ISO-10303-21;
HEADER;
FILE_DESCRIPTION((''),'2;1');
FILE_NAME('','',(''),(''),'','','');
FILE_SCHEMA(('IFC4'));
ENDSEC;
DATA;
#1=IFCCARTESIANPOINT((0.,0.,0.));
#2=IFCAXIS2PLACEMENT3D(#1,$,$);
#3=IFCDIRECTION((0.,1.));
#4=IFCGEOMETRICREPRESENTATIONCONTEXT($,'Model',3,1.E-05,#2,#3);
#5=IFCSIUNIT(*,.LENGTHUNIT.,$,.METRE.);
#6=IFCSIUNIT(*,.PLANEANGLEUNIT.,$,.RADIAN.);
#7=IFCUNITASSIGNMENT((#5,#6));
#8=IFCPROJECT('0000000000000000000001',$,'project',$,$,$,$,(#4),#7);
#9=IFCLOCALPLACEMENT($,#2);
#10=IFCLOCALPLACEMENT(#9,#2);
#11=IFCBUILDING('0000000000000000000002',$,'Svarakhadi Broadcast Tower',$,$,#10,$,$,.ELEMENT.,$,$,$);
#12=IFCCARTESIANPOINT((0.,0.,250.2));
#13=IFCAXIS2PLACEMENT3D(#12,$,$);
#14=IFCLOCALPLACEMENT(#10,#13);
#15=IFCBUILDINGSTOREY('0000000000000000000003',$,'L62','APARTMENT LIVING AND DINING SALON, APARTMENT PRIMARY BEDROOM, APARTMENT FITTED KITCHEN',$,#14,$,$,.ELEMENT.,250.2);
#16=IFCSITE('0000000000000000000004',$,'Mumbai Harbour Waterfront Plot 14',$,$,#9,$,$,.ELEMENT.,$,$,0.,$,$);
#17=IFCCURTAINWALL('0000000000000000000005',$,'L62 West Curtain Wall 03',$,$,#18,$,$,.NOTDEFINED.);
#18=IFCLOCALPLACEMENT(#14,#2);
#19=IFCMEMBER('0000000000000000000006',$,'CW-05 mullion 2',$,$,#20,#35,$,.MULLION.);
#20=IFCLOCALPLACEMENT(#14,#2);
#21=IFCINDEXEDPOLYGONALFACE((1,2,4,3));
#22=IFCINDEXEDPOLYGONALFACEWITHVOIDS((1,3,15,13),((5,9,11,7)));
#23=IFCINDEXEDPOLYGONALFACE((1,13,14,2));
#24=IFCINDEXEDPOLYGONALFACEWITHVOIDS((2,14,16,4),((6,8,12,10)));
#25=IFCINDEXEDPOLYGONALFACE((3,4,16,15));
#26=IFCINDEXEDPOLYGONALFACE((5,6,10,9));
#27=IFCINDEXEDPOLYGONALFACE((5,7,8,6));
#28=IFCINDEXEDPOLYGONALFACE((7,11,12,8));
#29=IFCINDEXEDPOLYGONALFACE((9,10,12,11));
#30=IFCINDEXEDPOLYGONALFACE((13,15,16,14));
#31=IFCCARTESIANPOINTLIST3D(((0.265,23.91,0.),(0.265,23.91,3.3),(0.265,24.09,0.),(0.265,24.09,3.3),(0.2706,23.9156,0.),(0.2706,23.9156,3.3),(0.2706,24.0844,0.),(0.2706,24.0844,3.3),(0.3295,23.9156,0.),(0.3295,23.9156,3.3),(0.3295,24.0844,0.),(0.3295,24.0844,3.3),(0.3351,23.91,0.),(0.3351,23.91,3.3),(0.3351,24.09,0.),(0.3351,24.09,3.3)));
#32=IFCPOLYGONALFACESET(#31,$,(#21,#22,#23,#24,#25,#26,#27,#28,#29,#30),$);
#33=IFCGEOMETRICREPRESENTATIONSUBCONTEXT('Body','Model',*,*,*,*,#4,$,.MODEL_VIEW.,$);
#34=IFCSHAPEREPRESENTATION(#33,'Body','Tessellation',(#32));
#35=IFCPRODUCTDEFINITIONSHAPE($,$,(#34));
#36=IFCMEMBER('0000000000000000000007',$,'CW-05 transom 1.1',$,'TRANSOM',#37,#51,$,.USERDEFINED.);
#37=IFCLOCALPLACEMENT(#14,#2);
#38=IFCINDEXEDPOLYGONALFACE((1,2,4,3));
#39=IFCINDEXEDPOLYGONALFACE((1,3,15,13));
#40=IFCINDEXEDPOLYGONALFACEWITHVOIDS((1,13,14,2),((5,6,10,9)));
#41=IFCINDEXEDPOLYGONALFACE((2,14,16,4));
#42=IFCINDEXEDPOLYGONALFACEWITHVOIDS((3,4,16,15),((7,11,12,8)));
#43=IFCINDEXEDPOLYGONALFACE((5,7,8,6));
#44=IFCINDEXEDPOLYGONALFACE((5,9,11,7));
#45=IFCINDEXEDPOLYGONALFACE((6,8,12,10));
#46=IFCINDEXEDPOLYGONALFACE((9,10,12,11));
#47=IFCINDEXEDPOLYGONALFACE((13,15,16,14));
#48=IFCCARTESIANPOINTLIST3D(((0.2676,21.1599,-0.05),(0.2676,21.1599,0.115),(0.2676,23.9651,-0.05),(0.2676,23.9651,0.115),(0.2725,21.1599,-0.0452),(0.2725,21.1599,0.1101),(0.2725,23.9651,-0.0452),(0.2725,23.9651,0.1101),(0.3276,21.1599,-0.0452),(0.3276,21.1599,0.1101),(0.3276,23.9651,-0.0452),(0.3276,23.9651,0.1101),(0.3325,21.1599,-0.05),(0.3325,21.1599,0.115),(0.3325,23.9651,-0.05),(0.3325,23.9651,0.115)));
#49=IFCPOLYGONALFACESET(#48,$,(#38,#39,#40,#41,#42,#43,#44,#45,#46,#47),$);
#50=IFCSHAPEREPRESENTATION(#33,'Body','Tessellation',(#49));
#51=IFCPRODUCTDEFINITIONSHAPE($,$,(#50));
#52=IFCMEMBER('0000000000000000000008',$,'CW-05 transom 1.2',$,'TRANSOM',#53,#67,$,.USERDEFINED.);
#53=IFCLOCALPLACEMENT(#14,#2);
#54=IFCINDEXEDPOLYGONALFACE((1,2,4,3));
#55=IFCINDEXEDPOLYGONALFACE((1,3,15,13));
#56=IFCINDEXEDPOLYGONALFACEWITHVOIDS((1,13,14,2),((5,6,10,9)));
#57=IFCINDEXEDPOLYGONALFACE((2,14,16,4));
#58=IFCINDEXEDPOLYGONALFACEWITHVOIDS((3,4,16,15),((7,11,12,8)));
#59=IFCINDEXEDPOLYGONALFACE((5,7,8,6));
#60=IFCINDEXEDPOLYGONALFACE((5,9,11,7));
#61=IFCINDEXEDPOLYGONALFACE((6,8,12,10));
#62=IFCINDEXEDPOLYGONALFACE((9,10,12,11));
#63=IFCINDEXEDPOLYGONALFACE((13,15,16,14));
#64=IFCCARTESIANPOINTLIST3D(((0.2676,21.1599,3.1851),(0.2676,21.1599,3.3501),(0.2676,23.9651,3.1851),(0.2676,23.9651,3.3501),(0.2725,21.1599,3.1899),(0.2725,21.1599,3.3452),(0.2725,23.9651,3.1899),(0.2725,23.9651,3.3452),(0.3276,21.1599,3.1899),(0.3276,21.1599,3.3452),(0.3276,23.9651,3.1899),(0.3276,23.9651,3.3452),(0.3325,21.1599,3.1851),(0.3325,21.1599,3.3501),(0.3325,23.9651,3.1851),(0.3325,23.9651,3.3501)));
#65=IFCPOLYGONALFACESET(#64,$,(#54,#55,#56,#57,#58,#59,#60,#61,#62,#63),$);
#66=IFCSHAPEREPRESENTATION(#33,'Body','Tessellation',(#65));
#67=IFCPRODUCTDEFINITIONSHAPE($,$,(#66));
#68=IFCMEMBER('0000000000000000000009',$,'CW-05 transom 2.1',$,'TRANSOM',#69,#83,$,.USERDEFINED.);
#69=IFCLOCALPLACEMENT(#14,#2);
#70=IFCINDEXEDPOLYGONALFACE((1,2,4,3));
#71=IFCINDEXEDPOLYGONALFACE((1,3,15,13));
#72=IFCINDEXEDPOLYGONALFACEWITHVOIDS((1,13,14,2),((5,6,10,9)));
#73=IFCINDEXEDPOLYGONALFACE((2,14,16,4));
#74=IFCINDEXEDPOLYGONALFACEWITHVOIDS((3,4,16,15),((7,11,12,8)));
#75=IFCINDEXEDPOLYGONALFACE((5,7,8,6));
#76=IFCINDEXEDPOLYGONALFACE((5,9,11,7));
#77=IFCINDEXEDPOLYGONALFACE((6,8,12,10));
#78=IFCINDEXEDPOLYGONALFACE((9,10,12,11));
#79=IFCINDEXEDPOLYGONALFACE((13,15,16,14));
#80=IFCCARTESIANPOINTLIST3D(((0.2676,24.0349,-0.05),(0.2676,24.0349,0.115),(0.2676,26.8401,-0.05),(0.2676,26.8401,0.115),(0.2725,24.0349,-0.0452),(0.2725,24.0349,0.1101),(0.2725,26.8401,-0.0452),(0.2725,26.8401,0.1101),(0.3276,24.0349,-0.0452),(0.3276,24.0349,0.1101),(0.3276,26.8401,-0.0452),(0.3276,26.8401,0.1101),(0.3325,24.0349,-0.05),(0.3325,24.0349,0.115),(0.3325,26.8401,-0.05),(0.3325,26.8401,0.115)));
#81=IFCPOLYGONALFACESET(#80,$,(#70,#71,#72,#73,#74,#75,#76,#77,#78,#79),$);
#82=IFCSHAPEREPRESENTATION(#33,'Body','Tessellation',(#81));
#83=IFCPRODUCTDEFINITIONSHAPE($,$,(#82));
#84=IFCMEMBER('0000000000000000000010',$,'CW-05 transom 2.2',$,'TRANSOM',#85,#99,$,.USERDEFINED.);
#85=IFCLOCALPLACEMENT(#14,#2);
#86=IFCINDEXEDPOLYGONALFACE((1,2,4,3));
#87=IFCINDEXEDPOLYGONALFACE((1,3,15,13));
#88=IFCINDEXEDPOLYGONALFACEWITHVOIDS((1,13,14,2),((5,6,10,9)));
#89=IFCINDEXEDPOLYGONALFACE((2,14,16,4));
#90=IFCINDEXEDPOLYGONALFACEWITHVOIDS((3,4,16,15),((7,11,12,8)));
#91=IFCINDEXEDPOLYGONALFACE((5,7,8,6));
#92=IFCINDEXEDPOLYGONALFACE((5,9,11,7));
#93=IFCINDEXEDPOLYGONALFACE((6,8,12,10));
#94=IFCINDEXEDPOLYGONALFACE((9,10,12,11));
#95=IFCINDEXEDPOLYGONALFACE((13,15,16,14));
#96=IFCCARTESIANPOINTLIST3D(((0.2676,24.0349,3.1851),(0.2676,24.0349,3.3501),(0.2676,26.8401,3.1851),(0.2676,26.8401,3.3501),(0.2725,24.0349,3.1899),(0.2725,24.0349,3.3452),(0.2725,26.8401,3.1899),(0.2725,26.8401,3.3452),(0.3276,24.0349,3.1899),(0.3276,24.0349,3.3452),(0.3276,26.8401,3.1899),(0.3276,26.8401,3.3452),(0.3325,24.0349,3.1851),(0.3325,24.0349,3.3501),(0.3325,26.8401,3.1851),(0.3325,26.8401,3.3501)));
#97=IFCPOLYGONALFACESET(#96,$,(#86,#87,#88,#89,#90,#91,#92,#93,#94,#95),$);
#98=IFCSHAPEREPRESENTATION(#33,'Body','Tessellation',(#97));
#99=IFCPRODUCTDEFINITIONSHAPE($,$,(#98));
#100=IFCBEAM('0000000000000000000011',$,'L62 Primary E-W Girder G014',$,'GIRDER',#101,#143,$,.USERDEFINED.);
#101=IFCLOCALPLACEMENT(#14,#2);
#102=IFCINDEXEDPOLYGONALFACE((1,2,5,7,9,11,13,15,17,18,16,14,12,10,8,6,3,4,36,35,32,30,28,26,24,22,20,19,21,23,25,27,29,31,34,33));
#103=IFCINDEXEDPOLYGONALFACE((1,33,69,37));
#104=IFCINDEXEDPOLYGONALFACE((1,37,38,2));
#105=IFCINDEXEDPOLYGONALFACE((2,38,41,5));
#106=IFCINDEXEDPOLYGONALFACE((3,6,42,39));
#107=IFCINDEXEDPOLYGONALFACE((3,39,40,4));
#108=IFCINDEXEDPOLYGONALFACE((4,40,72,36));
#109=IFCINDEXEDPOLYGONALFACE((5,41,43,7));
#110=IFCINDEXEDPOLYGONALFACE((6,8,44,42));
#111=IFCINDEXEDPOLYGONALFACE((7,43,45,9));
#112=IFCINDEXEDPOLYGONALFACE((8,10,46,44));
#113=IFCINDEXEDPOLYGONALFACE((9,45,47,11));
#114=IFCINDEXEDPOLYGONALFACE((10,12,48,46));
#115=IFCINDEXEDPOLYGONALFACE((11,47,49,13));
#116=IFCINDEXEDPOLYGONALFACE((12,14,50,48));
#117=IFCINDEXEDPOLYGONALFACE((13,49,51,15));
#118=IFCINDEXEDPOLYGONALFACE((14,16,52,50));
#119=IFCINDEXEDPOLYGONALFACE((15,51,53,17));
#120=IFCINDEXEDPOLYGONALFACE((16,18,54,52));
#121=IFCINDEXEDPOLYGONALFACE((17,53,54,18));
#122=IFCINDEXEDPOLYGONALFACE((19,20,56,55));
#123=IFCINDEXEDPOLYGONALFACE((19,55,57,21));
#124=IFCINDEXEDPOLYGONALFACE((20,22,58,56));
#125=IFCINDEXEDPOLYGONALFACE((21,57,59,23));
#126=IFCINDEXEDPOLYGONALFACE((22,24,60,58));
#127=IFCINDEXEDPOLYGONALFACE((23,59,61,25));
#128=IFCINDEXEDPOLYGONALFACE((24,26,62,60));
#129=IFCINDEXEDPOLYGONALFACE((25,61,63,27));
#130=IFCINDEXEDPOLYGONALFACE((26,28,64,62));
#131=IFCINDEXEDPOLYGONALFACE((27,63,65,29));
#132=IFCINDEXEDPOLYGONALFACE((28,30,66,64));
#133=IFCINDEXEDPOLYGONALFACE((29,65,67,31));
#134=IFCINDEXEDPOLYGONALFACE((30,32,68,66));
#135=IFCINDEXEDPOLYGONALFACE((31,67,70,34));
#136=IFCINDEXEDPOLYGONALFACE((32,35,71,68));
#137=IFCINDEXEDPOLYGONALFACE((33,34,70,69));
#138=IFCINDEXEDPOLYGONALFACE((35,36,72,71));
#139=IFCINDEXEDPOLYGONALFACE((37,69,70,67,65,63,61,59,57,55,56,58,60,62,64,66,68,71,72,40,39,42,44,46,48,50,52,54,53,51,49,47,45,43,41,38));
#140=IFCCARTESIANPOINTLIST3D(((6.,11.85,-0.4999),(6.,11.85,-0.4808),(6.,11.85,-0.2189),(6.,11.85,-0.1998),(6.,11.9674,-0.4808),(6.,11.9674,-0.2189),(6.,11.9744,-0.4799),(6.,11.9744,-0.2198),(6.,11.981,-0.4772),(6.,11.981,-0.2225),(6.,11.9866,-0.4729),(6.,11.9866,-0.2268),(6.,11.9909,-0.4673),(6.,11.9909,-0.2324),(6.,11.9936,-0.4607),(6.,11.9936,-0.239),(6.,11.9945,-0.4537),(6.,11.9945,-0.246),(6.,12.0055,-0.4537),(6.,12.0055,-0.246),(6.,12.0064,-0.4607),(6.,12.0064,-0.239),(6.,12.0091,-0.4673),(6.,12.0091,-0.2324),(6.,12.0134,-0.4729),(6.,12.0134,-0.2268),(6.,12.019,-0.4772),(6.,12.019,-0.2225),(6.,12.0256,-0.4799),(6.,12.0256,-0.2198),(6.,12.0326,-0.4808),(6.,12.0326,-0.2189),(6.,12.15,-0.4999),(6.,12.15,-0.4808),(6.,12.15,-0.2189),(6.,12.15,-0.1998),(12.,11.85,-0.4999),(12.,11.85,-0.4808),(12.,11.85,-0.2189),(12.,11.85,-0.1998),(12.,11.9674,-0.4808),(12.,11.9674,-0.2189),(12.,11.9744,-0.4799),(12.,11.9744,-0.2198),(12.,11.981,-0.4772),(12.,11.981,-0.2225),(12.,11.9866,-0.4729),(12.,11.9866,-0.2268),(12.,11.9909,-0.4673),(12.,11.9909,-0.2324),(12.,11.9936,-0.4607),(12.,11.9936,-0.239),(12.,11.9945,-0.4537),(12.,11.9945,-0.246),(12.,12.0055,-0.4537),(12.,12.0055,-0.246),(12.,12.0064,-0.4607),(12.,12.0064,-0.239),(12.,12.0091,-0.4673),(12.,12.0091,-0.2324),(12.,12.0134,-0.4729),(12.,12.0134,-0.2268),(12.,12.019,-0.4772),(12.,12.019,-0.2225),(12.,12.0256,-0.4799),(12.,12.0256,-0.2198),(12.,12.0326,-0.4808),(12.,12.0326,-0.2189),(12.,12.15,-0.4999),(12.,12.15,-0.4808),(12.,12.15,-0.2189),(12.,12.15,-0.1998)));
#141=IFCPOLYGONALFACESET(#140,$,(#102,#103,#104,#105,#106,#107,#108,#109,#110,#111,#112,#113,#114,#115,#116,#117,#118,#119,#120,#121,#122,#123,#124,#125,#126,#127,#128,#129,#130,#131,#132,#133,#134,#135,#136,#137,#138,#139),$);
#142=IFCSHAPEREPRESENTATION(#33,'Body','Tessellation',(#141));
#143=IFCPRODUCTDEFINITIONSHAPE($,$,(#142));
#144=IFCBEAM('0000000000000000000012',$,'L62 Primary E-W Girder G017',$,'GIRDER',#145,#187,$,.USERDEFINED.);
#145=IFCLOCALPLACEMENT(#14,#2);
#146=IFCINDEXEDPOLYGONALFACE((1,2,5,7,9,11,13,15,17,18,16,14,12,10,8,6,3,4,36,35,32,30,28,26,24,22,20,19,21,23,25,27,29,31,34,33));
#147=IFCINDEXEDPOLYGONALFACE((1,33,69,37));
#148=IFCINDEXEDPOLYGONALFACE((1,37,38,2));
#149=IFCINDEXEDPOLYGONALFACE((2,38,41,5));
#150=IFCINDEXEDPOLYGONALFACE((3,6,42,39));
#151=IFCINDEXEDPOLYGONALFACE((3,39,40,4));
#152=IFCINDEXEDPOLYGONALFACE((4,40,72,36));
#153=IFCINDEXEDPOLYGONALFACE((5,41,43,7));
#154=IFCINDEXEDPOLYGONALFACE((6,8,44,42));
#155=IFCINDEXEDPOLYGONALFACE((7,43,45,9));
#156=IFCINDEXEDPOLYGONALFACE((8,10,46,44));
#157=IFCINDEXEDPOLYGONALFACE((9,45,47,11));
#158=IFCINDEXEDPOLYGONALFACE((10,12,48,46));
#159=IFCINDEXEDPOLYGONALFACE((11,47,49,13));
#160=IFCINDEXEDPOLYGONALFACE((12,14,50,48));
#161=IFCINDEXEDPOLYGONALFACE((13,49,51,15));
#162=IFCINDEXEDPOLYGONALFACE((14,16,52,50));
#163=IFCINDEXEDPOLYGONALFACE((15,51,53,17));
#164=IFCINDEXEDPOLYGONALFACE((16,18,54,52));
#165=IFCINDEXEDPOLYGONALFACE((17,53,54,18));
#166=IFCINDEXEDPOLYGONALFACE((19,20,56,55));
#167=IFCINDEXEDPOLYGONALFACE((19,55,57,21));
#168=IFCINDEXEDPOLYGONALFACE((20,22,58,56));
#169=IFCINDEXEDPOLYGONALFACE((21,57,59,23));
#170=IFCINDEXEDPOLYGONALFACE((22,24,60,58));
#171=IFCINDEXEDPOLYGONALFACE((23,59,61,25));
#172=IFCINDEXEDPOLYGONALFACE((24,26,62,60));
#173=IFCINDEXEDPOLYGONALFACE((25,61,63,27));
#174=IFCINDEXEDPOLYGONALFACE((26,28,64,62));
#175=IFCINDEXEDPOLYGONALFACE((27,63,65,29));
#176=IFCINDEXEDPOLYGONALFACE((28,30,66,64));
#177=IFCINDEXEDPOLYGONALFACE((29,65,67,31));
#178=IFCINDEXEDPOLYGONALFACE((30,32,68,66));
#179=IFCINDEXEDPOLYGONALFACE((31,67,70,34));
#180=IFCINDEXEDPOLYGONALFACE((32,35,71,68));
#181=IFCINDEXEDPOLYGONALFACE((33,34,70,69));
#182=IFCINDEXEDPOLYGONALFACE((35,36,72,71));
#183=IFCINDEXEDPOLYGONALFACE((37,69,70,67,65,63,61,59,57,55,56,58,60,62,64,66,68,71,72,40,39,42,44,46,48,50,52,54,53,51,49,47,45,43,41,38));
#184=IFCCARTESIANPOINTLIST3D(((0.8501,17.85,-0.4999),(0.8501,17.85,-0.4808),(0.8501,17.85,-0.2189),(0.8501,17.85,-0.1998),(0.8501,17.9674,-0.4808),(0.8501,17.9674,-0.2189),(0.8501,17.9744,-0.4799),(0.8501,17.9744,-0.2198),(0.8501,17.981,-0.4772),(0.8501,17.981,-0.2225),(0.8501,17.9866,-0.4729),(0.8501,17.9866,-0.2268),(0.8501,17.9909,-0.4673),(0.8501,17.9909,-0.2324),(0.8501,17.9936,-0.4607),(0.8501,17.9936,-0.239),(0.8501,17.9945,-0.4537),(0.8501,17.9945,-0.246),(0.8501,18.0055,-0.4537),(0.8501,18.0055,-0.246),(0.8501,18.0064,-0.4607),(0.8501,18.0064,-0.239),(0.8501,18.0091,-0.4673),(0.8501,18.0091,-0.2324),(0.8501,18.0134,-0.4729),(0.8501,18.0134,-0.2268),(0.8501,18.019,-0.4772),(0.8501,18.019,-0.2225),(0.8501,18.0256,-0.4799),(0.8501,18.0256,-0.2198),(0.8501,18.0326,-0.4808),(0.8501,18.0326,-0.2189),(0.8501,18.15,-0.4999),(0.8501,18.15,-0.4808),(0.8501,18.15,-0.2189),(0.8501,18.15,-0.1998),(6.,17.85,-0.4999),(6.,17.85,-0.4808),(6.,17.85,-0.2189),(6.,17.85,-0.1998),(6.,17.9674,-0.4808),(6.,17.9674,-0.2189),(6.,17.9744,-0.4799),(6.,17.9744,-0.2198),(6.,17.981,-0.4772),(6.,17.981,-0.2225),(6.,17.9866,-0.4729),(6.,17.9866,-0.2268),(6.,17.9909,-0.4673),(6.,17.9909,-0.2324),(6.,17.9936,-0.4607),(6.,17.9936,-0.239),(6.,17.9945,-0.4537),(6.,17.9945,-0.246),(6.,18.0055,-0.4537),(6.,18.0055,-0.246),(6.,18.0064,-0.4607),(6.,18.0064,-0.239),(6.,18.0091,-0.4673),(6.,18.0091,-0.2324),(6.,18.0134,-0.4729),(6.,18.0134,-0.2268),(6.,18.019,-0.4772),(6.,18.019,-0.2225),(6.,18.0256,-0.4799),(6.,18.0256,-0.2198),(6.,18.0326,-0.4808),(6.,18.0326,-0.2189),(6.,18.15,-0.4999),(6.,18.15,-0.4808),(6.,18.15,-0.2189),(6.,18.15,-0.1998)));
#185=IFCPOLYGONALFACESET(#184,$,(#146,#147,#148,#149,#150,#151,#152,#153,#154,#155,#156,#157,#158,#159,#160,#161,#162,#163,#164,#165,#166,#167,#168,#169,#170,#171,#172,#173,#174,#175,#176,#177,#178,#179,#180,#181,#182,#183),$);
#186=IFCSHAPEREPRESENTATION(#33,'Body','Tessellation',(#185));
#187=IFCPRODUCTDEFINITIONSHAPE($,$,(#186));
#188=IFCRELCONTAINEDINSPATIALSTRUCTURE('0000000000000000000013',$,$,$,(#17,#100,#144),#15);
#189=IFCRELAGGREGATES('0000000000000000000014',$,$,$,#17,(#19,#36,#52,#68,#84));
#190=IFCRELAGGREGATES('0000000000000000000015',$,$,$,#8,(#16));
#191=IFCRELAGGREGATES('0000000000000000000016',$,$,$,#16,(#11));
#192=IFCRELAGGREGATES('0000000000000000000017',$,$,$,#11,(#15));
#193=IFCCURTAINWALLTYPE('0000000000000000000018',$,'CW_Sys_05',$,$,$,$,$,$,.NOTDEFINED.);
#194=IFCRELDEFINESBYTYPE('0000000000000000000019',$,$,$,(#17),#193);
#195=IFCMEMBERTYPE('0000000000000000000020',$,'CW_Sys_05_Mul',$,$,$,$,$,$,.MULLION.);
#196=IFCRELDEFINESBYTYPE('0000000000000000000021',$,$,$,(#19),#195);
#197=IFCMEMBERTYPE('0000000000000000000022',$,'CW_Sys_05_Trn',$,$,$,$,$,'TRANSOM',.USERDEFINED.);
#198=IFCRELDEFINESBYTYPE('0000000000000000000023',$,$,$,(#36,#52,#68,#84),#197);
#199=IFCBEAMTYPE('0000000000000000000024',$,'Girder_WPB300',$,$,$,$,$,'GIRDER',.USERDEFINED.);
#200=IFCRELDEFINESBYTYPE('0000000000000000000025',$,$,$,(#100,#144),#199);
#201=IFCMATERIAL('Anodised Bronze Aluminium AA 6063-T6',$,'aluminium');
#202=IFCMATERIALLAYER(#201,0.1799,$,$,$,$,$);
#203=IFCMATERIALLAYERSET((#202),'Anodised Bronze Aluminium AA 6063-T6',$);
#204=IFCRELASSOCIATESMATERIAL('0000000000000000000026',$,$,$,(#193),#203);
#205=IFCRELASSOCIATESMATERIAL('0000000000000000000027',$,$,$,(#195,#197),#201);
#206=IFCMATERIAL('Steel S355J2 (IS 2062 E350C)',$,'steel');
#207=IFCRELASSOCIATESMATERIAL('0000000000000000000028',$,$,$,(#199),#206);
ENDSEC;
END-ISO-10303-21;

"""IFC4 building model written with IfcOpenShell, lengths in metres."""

from ifc_helpers import new_model, si_unit, direction, frame, origin, origin_2d, place, context, subcontext, project, spatial, hollow_rectangle, i_section, extrude, material, layer, layer_set, material_profile, profile_set, type_object, element, aggregate, save


model = new_model("IFC4")

# Units and contexts
model_context = context("Model", 3, precision=1e-05, world=origin(), true_north=direction((0.0, 1.0)))
body_context = subcontext(model_context, "Body", "Model", "MODEL_VIEW")
ifc_project = project(units=[si_unit("LENGTHUNIT", "METRE"), si_unit("PLANEANGLEUNIT", "RADIAN")], contexts=[model_context])

# Site, building, storey
site_placement = place(None, origin())
site = spatial("IfcSite", under=ifc_project, at=site_placement, Name="Mumbai Harbour Waterfront Plot 14", CompositionType="ELEMENT", RefElevation=0.0)
building_placement = place(site_placement, origin())
building = spatial("IfcBuilding", under=site, at=building_placement, Name="Svarakhadi Broadcast Tower", CompositionType="ELEMENT")
storey_placement = place(building_placement, frame((0.0, 0.0, 250.2)))
storey = spatial("IfcBuildingStorey", under=building, at=storey_placement, Name="L62", Description="APARTMENT LIVING AND DINING SALON, APARTMENT PRIMARY BEDROOM, APARTMENT FITTED KITCHEN", CompositionType="ELEMENT", Elevation=250.2)

# Shared definitions
ifc_material_1 = material(Name="Steel S355J2 (IS 2062 E350C)", Category="steel")

# Curtain wall, members
ifc_material_2 = material(Name="Anodised Bronze Aluminium AA 6063-T6", Category="aluminium")
ifc_layer_1 = layer(ifc_material_2, 0.1799)
ifc_layer_set_1 = layer_set([ifc_layer_1], Name="Anodised Bronze Aluminium AA 6063-T6")
curtain_wall_type = type_object("IfcCurtainWallType", Name="CW_Sys_05", PredefinedType="NOTDEFINED", material=ifc_layer_set_1)
curtain_wall_placement = place(storey_placement, origin())
curtain_wall = element("IfcCurtainWall", 1, at=curtain_wall_placement, inside=storey, type_object=curtain_wall_type, Name="L62 West Curtain Wall 03", PredefinedType="NOTDEFINED")
ifc_material_profile_1 = material_profile(ifc_material_2, hollow_rectangle(XDim=0.0701, YDim=0.1799, WallThickness=0.0056, at=origin_2d()), Name="ALU MULLION 180x70x6")
ifc_profile_set_1 = profile_set([ifc_material_profile_1], Name="Anodised Bronze Aluminium AA 6063-T6")
member_type_1 = type_object("IfcMemberType", Name="CW_Sys_05_Mul", PredefinedType="MULLION", material=ifc_profile_set_1)
member_1_placement = place(storey_placement, frame((0.3, 24.0, 0.0), z_axis=(0.0, 0.0, 1.0), x_axis=(-1.0, 0.0, 0.0)))
member_1 = element("IfcMember", 2, at=member_1_placement, type_object=member_type_1, Name="CW-05 mullion 2", PredefinedType="MULLION", context=body_context, shape_type="SweptSolid", body=[
    extrude(hollow_rectangle(XDim=0.0701, YDim=0.1799, WallThickness=0.0056, at=origin_2d()), origin(), (0.0, 0.0, 1.0), 3.3),
])
ifc_material_profile_2 = material_profile(ifc_material_2, hollow_rectangle(XDim=0.0649, YDim=0.165, WallThickness=0.0049, at=origin_2d()), Name="ALU TRANSOM 165x65x5")
ifc_profile_set_2 = profile_set([ifc_material_profile_2], Name="Anodised Bronze Aluminium AA 6063-T6")
member_type_2 = type_object("IfcMemberType", Name="CW_Sys_05_Trn", ElementType="TRANSOM", PredefinedType="USERDEFINED", material=ifc_profile_set_2)
member_2_placement = place(storey_placement, frame((0.3, 21.1599, 0.0325), z_axis=(0.0, 1.0, 0.0), x_axis=(-1.0, 0.0, 0.0)))
member_2 = element("IfcMember", 3, at=member_2_placement, type_object=member_type_2, Name="CW-05 transom 1.1", ObjectType="TRANSOM", PredefinedType="USERDEFINED", context=body_context, shape_type="SweptSolid", body=[
    extrude(hollow_rectangle(XDim=0.0649, YDim=0.165, WallThickness=0.0049, at=origin_2d()), origin(), (0.0, 0.0, 1.0), 2.8052),
])
member_3_placement = place(storey_placement, frame((0.3, 21.1599, 3.2676), z_axis=(0.0, 1.0, 0.0), x_axis=(-1.0, 0.0, 0.0)))
member_3 = element("IfcMember", 4, at=member_3_placement, type_object=member_type_2, Name="CW-05 transom 1.2", ObjectType="TRANSOM", PredefinedType="USERDEFINED", context=body_context, shape_type="SweptSolid", body=[
    extrude(hollow_rectangle(XDim=0.0649, YDim=0.165, WallThickness=0.0049, at=origin_2d()), origin(), (0.0, 0.0, 1.0), 2.8052),
])
member_4_placement = place(storey_placement, frame((0.3, 24.0349, 0.0325), z_axis=(0.0, 1.0, 0.0), x_axis=(-1.0, 0.0, 0.0)))
member_4 = element("IfcMember", 5, at=member_4_placement, type_object=member_type_2, Name="CW-05 transom 2.1", ObjectType="TRANSOM", PredefinedType="USERDEFINED", context=body_context, shape_type="SweptSolid", body=[
    extrude(hollow_rectangle(XDim=0.0649, YDim=0.165, WallThickness=0.0049, at=origin_2d()), origin(), (0.0, 0.0, 1.0), 2.8052),
])
member_5_placement = place(storey_placement, frame((0.3, 24.0349, 3.2676), z_axis=(0.0, 1.0, 0.0), x_axis=(-1.0, 0.0, 0.0)))
member_5 = element("IfcMember", 6, at=member_5_placement, type_object=member_type_2, Name="CW-05 transom 2.2", ObjectType="TRANSOM", PredefinedType="USERDEFINED", context=body_context, shape_type="SweptSolid", body=[
    extrude(hollow_rectangle(XDim=0.0649, YDim=0.165, WallThickness=0.0049, at=origin_2d()), origin(), (0.0, 0.0, 1.0), 2.8052),
])

# Beams
ifc_material_profile_3 = material_profile(ifc_material_1, i_section(OverallWidth=0.3, OverallDepth=0.3, WebThickness=0.011, FlangeThickness=0.019, FilletRadius=0.0271, at=origin_2d()), Name="WPB 300x300x117")
ifc_profile_set_3 = profile_set([ifc_material_profile_3], Name="Steel S355J2 (IS 2062 E350C)")
beam_type_1 = type_object("IfcBeamType", Name="Girder_WPB300", ElementType="GIRDER", PredefinedType="USERDEFINED", material=ifc_profile_set_3)
beam_1_placement = place(storey_placement, frame((6.0, 12.0, -0.3499), z_axis=(1.0, 0.0, 0.0), x_axis=(0.0, 1.0, 0.0)))
element("IfcBeam", 7, at=beam_1_placement, inside=storey, type_object=beam_type_1, Name="L62 Primary E-W Girder G014", ObjectType="GIRDER", PredefinedType="USERDEFINED", context=body_context, shape_type="SweptSolid", body=[
    extrude(i_section(OverallWidth=0.3, OverallDepth=0.3, WebThickness=0.011, FlangeThickness=0.019, FilletRadius=0.0271, at=origin_2d()), origin(), (0.0, 0.0, 1.0), 6.0),
])
beam_2_placement = place(storey_placement, frame((0.8501, 18.0, -0.3499), z_axis=(1.0, 0.0, 0.0), x_axis=(0.0, 1.0, 0.0)))
element("IfcBeam", 8, at=beam_2_placement, inside=storey, type_object=beam_type_1, Name="L62 Primary E-W Girder G017", ObjectType="GIRDER", PredefinedType="USERDEFINED", context=body_context, shape_type="SweptSolid", body=[
    extrude(i_section(OverallWidth=0.3, OverallDepth=0.3, WebThickness=0.011, FlangeThickness=0.019, FilletRadius=0.0271, at=origin_2d()), origin(), (0.0, 0.0, 1.0), 5.1499),
])

aggregate(curtain_wall, [member_1, member_2, member_3, member_4, member_5])

save(model, "model.ifc")
